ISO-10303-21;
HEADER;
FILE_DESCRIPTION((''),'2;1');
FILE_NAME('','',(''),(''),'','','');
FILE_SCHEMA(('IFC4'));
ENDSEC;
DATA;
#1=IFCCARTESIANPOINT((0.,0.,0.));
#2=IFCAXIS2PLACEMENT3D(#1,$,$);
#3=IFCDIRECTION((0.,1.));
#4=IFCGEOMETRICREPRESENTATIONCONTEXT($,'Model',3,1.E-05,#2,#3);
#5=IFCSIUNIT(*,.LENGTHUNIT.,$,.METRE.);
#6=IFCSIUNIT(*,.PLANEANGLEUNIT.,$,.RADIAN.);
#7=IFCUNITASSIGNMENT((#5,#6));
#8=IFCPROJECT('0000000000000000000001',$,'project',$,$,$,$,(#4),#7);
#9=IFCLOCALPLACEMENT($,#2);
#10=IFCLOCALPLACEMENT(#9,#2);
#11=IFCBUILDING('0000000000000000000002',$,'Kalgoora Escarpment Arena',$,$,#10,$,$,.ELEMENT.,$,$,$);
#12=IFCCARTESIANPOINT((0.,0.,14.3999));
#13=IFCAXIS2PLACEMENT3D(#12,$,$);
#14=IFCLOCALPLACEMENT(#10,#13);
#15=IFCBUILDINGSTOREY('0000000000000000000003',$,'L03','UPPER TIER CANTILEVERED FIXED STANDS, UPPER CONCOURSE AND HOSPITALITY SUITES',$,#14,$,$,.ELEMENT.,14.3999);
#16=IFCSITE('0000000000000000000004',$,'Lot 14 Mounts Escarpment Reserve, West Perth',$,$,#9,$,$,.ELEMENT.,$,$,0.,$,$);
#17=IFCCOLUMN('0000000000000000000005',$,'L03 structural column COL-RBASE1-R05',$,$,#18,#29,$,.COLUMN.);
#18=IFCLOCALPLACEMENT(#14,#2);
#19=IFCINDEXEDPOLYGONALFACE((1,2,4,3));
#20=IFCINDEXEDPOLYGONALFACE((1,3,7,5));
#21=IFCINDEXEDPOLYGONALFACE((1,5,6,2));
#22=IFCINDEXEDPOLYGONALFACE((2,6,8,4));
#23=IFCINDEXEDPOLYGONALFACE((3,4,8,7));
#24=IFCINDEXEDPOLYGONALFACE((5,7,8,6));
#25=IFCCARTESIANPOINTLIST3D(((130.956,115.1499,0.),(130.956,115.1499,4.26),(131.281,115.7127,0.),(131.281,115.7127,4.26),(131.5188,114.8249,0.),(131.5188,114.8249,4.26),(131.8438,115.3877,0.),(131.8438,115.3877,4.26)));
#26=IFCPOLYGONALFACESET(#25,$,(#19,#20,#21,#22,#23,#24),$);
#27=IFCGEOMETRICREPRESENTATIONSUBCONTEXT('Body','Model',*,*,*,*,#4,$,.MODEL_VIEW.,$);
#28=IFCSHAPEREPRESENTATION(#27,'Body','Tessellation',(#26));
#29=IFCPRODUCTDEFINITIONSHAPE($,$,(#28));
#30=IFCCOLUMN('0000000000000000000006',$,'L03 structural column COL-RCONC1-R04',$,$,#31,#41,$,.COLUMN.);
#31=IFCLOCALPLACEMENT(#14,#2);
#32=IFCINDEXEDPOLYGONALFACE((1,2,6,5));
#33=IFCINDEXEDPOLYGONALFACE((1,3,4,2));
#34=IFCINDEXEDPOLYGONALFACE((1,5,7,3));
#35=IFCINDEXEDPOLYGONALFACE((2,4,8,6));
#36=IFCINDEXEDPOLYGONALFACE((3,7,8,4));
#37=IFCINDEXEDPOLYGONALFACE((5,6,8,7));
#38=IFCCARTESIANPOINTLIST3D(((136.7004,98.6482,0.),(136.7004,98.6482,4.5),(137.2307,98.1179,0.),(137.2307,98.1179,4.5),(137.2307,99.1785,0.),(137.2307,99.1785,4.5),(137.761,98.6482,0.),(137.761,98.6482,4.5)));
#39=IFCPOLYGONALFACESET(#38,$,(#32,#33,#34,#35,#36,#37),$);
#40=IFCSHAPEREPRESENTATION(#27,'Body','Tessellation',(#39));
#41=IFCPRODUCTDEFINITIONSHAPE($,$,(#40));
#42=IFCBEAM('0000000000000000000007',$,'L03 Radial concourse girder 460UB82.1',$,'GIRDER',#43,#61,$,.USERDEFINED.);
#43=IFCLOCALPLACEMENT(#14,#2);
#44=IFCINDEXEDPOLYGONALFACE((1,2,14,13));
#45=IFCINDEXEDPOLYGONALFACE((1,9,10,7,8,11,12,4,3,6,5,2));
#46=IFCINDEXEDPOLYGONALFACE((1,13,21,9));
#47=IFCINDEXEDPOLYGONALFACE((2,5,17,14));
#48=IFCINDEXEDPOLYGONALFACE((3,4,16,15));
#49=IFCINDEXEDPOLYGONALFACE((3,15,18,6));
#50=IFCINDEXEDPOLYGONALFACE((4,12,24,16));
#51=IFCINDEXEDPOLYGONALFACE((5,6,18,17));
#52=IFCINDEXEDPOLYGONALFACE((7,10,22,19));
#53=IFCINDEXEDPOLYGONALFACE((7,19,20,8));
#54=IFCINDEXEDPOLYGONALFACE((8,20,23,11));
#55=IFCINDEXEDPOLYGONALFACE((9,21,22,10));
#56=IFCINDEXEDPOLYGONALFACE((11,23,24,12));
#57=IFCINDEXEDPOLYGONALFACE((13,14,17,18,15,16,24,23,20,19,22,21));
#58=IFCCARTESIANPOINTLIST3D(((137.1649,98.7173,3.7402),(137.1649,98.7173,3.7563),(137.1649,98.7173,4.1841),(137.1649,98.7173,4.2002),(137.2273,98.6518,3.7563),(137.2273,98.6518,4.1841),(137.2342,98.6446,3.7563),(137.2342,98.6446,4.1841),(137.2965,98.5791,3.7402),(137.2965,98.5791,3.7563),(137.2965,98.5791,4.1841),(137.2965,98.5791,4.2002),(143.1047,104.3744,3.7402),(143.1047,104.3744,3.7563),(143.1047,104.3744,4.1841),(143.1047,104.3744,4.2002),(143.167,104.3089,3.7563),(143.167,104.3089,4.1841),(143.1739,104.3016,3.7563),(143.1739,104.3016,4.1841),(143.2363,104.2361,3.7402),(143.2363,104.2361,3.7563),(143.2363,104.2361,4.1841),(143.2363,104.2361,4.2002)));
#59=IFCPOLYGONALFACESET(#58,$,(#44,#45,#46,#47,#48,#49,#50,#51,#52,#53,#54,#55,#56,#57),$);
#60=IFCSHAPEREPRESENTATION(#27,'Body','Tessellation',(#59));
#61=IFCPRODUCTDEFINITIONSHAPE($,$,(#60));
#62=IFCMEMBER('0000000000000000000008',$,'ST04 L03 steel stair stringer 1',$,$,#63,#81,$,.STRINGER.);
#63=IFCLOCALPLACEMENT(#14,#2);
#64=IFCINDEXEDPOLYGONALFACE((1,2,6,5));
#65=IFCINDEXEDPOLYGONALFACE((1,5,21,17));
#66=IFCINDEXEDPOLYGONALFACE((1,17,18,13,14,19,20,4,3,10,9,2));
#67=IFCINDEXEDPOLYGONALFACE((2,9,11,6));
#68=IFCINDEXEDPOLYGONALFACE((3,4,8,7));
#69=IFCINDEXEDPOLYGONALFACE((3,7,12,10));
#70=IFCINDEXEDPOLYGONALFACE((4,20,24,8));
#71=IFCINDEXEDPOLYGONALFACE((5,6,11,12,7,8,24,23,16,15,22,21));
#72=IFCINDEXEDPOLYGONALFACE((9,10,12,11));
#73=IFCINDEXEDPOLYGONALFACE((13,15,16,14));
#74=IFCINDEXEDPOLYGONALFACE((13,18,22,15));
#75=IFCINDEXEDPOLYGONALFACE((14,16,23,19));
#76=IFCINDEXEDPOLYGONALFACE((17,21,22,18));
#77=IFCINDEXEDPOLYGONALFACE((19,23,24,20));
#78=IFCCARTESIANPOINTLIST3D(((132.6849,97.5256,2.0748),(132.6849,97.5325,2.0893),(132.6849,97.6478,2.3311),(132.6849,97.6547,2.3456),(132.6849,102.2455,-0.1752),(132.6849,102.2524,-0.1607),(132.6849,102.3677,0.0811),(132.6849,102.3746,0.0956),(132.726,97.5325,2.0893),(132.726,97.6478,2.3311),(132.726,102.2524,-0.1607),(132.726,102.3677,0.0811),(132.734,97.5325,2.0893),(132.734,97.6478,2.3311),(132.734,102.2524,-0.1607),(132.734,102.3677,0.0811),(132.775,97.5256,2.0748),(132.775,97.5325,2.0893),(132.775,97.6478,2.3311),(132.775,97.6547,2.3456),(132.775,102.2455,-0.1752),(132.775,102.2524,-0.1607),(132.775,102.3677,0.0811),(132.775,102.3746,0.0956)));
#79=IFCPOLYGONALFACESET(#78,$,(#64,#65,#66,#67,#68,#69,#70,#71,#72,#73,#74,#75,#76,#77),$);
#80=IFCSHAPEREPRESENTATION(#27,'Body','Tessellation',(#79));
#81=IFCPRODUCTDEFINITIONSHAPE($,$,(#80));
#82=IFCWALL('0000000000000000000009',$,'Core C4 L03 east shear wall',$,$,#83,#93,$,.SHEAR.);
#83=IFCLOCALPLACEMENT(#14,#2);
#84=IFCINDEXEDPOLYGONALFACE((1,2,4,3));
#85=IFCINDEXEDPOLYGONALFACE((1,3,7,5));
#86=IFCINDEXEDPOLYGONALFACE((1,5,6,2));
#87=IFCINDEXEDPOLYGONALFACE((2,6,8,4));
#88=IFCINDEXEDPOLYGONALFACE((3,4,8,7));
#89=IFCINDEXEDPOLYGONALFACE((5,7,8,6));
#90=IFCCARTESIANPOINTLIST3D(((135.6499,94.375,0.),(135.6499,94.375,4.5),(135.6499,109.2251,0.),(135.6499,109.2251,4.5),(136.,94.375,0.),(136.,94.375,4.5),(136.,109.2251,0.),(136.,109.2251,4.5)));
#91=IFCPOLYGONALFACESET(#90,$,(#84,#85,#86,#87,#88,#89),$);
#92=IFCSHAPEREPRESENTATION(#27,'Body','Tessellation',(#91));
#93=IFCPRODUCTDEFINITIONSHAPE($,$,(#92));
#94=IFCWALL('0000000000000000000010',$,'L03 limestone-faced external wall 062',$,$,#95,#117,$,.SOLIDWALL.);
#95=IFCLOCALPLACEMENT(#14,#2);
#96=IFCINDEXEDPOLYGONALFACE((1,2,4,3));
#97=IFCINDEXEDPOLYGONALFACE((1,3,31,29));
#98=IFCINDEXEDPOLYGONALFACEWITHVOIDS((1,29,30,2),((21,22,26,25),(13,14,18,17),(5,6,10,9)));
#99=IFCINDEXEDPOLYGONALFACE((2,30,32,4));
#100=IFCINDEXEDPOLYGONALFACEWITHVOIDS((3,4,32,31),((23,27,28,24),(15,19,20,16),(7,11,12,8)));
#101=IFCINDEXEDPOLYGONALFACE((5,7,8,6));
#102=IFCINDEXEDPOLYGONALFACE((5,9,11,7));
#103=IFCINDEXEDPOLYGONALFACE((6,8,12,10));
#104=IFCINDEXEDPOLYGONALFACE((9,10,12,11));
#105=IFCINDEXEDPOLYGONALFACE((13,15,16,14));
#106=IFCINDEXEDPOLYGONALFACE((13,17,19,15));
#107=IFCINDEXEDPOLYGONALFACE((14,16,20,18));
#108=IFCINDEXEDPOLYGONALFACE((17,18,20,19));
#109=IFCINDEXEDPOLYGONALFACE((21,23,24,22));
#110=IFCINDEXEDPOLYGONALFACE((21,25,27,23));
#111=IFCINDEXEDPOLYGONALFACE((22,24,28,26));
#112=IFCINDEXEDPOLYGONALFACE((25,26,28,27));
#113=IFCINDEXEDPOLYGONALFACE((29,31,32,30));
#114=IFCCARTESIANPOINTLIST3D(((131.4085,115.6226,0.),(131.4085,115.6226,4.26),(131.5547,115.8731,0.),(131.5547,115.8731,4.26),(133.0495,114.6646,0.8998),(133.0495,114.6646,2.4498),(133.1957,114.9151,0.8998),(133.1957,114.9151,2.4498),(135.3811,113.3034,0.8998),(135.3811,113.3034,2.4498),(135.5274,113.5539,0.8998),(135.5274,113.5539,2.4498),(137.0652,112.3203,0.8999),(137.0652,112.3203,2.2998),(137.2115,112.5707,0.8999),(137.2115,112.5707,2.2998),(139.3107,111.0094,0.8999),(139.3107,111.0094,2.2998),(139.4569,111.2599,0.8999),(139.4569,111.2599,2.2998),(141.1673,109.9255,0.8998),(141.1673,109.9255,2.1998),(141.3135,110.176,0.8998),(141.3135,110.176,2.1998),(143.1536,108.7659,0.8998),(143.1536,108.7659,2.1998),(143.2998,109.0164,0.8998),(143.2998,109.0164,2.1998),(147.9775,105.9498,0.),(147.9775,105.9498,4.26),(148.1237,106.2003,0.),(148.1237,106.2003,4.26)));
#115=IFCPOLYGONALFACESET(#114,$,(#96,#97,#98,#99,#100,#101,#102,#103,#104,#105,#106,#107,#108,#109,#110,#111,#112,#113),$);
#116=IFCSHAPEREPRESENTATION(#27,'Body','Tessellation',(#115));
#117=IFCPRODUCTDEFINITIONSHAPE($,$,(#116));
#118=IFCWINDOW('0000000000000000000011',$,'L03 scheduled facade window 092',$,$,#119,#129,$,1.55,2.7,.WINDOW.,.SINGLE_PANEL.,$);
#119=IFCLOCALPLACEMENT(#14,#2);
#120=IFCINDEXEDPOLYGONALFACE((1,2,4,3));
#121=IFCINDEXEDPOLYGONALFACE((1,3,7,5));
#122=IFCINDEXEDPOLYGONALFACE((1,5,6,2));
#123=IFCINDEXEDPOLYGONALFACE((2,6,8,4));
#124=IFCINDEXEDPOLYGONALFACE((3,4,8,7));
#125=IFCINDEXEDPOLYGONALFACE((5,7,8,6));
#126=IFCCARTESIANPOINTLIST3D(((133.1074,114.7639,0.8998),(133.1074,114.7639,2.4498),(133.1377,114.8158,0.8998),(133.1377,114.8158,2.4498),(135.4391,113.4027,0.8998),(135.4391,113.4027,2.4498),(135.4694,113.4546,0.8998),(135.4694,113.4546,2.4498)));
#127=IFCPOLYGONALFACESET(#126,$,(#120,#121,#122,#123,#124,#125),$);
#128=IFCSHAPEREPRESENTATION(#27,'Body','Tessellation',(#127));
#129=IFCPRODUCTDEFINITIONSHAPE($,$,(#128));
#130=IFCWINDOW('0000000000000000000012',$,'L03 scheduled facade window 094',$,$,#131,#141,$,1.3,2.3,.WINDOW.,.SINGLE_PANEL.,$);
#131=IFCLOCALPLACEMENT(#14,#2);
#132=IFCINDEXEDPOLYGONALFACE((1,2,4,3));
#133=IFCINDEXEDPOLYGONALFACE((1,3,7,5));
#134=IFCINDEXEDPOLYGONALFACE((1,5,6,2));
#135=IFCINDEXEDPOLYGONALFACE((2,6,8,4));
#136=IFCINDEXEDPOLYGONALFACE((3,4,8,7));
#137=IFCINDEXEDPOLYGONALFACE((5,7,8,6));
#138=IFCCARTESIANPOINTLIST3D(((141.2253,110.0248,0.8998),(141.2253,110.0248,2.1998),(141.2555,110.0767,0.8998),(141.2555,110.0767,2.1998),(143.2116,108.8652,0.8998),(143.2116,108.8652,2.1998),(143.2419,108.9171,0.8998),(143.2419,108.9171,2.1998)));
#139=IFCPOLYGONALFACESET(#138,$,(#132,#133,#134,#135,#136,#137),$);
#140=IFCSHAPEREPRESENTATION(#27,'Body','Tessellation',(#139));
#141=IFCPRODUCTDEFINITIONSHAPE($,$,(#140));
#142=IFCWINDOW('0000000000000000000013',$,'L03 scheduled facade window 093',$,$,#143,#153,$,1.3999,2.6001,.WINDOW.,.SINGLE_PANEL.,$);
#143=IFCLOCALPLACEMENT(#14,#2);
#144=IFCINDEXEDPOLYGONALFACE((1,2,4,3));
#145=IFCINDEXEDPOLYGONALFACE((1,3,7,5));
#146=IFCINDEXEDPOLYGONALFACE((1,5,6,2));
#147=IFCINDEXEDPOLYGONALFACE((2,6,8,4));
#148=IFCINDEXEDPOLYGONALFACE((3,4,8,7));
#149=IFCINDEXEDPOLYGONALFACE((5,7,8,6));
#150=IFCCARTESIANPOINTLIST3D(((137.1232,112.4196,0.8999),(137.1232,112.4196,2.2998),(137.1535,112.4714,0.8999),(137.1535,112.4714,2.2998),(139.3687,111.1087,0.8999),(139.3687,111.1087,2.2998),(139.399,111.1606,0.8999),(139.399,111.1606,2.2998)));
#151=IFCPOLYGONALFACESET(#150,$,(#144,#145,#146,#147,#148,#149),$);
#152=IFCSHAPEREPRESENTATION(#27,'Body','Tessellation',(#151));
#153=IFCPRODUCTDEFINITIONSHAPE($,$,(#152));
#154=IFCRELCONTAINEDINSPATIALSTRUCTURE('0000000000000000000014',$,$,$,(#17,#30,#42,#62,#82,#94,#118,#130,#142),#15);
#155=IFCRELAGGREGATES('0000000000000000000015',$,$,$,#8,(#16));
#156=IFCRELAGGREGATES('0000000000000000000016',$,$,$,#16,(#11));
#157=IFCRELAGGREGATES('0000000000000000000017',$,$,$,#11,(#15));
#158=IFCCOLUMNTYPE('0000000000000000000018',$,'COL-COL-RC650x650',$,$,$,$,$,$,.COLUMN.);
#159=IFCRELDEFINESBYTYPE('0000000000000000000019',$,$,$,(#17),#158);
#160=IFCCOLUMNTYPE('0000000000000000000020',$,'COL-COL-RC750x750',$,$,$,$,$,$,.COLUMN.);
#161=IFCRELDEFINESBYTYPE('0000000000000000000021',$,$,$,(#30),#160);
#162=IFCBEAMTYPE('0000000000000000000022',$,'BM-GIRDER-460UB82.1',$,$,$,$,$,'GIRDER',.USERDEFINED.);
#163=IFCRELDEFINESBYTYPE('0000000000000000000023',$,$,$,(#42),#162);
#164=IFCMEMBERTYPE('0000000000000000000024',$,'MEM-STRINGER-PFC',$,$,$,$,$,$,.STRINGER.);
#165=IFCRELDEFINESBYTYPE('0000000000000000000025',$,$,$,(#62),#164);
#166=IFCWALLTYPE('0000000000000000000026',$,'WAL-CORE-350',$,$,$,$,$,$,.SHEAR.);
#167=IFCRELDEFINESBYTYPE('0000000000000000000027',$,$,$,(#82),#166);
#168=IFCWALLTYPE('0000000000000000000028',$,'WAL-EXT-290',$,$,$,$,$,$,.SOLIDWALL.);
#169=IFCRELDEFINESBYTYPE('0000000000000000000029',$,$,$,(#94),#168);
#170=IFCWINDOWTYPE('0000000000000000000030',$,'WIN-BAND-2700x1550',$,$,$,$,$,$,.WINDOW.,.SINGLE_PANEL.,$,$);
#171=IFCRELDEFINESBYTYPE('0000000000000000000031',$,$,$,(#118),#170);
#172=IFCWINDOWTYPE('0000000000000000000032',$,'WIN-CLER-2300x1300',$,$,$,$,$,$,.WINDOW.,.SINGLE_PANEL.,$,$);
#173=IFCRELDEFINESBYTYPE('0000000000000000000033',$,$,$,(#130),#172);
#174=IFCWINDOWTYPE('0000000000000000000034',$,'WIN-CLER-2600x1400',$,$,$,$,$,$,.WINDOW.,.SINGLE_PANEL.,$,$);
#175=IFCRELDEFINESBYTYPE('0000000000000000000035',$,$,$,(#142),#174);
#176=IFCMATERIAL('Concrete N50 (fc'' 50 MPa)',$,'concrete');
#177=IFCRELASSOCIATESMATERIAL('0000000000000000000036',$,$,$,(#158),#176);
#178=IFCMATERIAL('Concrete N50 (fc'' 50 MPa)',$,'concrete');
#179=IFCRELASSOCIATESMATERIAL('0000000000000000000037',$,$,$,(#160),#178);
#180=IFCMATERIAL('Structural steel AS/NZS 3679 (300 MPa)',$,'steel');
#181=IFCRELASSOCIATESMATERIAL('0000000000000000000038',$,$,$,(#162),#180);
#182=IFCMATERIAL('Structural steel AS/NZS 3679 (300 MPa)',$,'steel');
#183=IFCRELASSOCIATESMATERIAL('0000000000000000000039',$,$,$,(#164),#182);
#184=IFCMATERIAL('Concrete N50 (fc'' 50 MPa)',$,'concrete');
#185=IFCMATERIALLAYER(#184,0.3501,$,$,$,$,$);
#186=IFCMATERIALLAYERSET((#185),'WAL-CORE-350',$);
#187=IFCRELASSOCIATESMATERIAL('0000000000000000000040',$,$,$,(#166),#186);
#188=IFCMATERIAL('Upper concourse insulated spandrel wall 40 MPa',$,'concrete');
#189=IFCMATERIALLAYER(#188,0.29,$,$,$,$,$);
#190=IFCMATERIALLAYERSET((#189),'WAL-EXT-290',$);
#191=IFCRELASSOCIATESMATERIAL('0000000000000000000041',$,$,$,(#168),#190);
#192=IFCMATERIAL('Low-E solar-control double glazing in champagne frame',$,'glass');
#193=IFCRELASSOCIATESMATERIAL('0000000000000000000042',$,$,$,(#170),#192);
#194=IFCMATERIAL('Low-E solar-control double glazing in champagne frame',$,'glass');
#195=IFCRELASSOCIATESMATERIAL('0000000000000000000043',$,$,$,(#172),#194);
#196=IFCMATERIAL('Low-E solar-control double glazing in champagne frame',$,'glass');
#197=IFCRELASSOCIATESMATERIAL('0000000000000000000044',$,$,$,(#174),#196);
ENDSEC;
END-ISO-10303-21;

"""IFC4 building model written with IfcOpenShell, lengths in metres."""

from ifc_helpers import new_model, si_unit, direction, frame, frame_2d, origin, origin_2d, place, context, subcontext, project, spatial, rectangle, i_section, extrude, material, layer, layer_set, material_profile, profile_set, type_object, element, fill, save


model = new_model("IFC4")

# Units and contexts
model_context = context("Model", 3, precision=1e-05, world=origin(), true_north=direction((0.0, 1.0)))
body_context = subcontext(model_context, "Body", "Model", "MODEL_VIEW")
ifc_project = project(units=[si_unit("LENGTHUNIT", "METRE"), si_unit("PLANEANGLEUNIT", "RADIAN")], contexts=[model_context])

# Site, building, storey
site_placement = place(None, origin())
site = spatial("IfcSite", under=ifc_project, at=site_placement, Name="Lot 14 Mounts Escarpment Reserve, West Perth", CompositionType="ELEMENT", RefElevation=0.0)
building_placement = place(site_placement, origin())
building = spatial("IfcBuilding", under=site, at=building_placement, Name="Kalgoora Escarpment Arena", CompositionType="ELEMENT")
storey_placement = place(building_placement, frame((0.0, 0.0, 14.3999)))
storey = spatial("IfcBuildingStorey", under=building, at=storey_placement, Name="L03", Description="UPPER TIER CANTILEVERED FIXED STANDS, UPPER CONCOURSE AND HOSPITALITY SUITES", CompositionType="ELEMENT", Elevation=14.3999)

# Columns
ifc_material_1 = material(Name="Concrete N50 (fc' 50 MPa)", Category="concrete")
ifc_material_profile_1 = material_profile(ifc_material_1, rectangle(XDim=0.6499, YDim=0.6499, at=origin_2d()))
ifc_profile_set_1 = profile_set([ifc_material_profile_1], Name="Concrete N50 (fc' 50 MPa)")
column_type_1 = type_object("IfcColumnType", Name="COL-COL-RC650x650", PredefinedType="COLUMN", material=ifc_profile_set_1)
column_1_placement = place(storey_placement, frame((131.3999, 115.2688, 0.0), z_axis=(0.0, 0.0, 1.0), x_axis=(0.5, 0.866025, 0.0)))
element("IfcColumn", 1, at=column_1_placement, inside=storey, type_object=column_type_1, Name="L03 structural column COL-RBASE1-R05", PredefinedType="COLUMN", context=body_context, shape_type="SweptSolid", body=[
    extrude(rectangle(XDim=0.6499, YDim=0.6499, at=origin_2d()), origin(), (0.0, 0.0, 1.0), 4.26),
])
ifc_material_2 = material(Name="Concrete N50 (fc' 50 MPa)", Category="concrete")
ifc_material_profile_2 = material_profile(ifc_material_2, rectangle(XDim=0.75, YDim=0.75, at=origin_2d()))
ifc_profile_set_2 = profile_set([ifc_material_profile_2], Name="Concrete N50 (fc' 50 MPa)")
column_type_2 = type_object("IfcColumnType", Name="COL-COL-RC750x750", PredefinedType="COLUMN", material=ifc_profile_set_2)
column_2_placement = place(storey_placement, frame((137.2307, 98.6482, 0.0), z_axis=(0.0, 0.0, 1.0), x_axis=(0.707107, 0.707107, 0.0)))
element("IfcColumn", 2, at=column_2_placement, inside=storey, type_object=column_type_2, Name="L03 structural column COL-RCONC1-R04", PredefinedType="COLUMN", context=body_context, shape_type="SweptSolid", body=[
    extrude(rectangle(XDim=0.75, YDim=0.75, at=origin_2d()), origin(), (0.0, 0.0, 1.0), 4.5),
])

# Beam
ifc_material_3 = material(Name="Structural steel AS/NZS 3679 (300 MPa)", Category="steel")
ifc_material_profile_3 = material_profile(ifc_material_3, i_section(OverallWidth=0.1909, OverallDepth=0.46, WebThickness=0.01, FlangeThickness=0.0161, at=origin_2d()))
ifc_profile_set_3 = profile_set([ifc_material_profile_3], Name="Structural steel AS/NZS 3679 (300 MPa)")
beam_type = type_object("IfcBeamType", Name="BM-GIRDER-460UB82.1", ElementType="GIRDER", PredefinedType="USERDEFINED", material=ifc_profile_set_3)
beam_placement = place(storey_placement, frame((137.2307, 98.6482, 3.9702), z_axis=(0.72413, 0.689663, 0.0), x_axis=(-0.689663, 0.72413, 0.0)))
element("IfcBeam", 3, at=beam_placement, inside=storey, type_object=beam_type, Name="L03 Radial concourse girder 460UB82.1", ObjectType="GIRDER", PredefinedType="USERDEFINED", context=body_context, shape_type="SweptSolid", body=[
    extrude(i_section(OverallWidth=0.1909, OverallDepth=0.46, WebThickness=0.01, FlangeThickness=0.0161, at=origin_2d()), origin(), (0.0, 0.0, 1.0), 8.2026),
])

# Member
ifc_material_4 = material(Name="Structural steel AS/NZS 3679 (300 MPa)", Category="steel")
ifc_material_profile_4 = material_profile(ifc_material_4, i_section(OverallWidth=0.0901, OverallDepth=0.3, WebThickness=0.0081, FlangeThickness=0.0161, at=origin_2d()))
ifc_profile_set_4 = profile_set([ifc_material_profile_4], Name="Structural steel AS/NZS 3679 (300 MPa)")
member_type = type_object("IfcMemberType", Name="MEM-STRINGER-PFC", PredefinedType="STRINGER", material=ifc_profile_set_4)
member_placement = place(storey_placement, frame((132.73, 102.3101, -0.0398), z_axis=(0.0, -0.902683, 0.430307), x_axis=(1.0, 0.0, 0.0)))
element("IfcMember", 4, at=member_placement, inside=storey, type_object=member_type, Name="ST04 L03 steel stair stringer 1", PredefinedType="STRINGER", context=body_context, shape_type="SweptSolid", body=[
    extrude(i_section(OverallWidth=0.0901, OverallDepth=0.3, WebThickness=0.0081, FlangeThickness=0.0161, at=origin_2d()), origin(), (0.0, 0.0, 1.0), 5.2288),
])

# Wall
ifc_material_5 = material(Name="Concrete N50 (fc' 50 MPa)", Category="concrete")
ifc_layer_1 = layer(ifc_material_5, 0.3501)
ifc_layer_set_1 = layer_set([ifc_layer_1], Name="WAL-CORE-350")
wall_type_1 = type_object("IfcWallType", Name="WAL-CORE-350", PredefinedType="SHEAR", material=ifc_layer_set_1)
wall_1_placement = place(storey_placement, frame((135.825, 94.375, 0.0), z_axis=(0.0, 0.0, 1.0), x_axis=(0.0, 1.0, 0.0)))
element("IfcWall", 5, at=wall_1_placement, inside=storey, type_object=wall_type_1, Name="Core C4 L03 east shear wall", PredefinedType="SHEAR", context=body_context, shape_type="SweptSolid", body=[
    extrude(rectangle(XDim=14.8501, YDim=0.3501, at=frame_2d((7.425, 0.0))), origin(), (0.0, 0.0, 1.0), 4.5),
])

# Wall, openings, windows
ifc_material_6 = material(Name="Upper concourse insulated spandrel wall 40 MPa", Category="concrete")
ifc_layer_2 = layer(ifc_material_6, 0.29)
ifc_layer_set_2 = layer_set([ifc_layer_2], Name="WAL-EXT-290")
wall_type_2 = type_object("IfcWallType", Name="WAL-EXT-290", PredefinedType="SOLIDWALL", material=ifc_layer_set_2)
wall_2_placement = place(storey_placement, frame((131.4817, 115.7478, 0.0), z_axis=(0.0, 0.0, 1.0), x_axis=(0.863608, -0.504165, 0.0)))
wall_2 = element("IfcWall", 6, at=wall_2_placement, inside=storey, type_object=wall_type_2, Name="L03 limestone-faced external wall 062", PredefinedType="SOLIDWALL", context=body_context, shape_type="SweptSolid", body=[
    extrude(rectangle(XDim=19.1858, YDim=0.29, at=frame_2d((9.5928, 0.0))), origin(), (0.0, 0.0, 1.0), 4.26),
])
opening_1_placement = place(wall_2_placement, frame((1.8999, 0.0, 0.8999)))
opening_1 = element("IfcOpeningElement", 7, at=opening_1_placement, cuts=wall_2, PredefinedType="OPENING", context=body_context, shape_type="SweptSolid", body=[
    extrude(rectangle(XDim=2.7, YDim=1.55, at=frame_2d((1.3501, 0.7749))), frame((0.0, 0.155, 0.0), z_axis=(0.0, -1.0, 0.0), x_axis=(1.0, 0.0, 0.0)), (0.0, 0.0, 1.0), 0.3101),
])
opening_2_placement = place(wall_2_placement, frame((6.55, 0.0, 0.8999)))
opening_2 = element("IfcOpeningElement", 8, at=opening_2_placement, cuts=wall_2, PredefinedType="OPENING", context=body_context, shape_type="SweptSolid", body=[
    extrude(rectangle(XDim=2.6001, YDim=1.3999, at=frame_2d((1.3, 0.7))), frame((0.0, 0.155, 0.0), z_axis=(0.0, -1.0, 0.0), x_axis=(1.0, 0.0, 0.0)), (0.0, 0.0, 1.0), 0.3101),
])
opening_3_placement = place(wall_2_placement, frame((11.3, 0.0, 0.8999)))
opening_3 = element("IfcOpeningElement", 9, at=opening_3_placement, cuts=wall_2, PredefinedType="OPENING", context=body_context, shape_type="SweptSolid", body=[
    extrude(rectangle(XDim=2.3, YDim=1.3, at=frame_2d((1.1499, 0.6499))), frame((0.0, 0.155, 0.0), z_axis=(0.0, -1.0, 0.0), x_axis=(1.0, 0.0, 0.0)), (0.0, 0.0, 1.0), 0.3101),
])
ifc_material_7 = material(Name="Low-E solar-control double glazing in champagne frame", Category="glass")
window_type_1 = type_object("IfcWindowType", Name="WIN-BAND-2700x1550", PartitioningType="SINGLE_PANEL", PredefinedType="WINDOW", material=ifc_material_7)
window_1_placement = place(opening_1_placement, origin())
window_1 = element("IfcWindow", 10, at=window_1_placement, inside=storey, type_object=window_type_1, Name="L03 scheduled facade window 092", OverallHeight=1.55, OverallWidth=2.7, PartitioningType="SINGLE_PANEL", PredefinedType="WINDOW", context=body_context, shape_type="SweptSolid", body=[
    extrude(rectangle(XDim=2.7, YDim=1.55, at=frame_2d((1.3501, 0.7749))), frame((0.0, 0.03, 0.0), z_axis=(0.0, -1.0, 0.0), x_axis=(1.0, 0.0, 0.0)), (0.0, 0.0, 1.0), 0.0601),
])
fill(opening_1, window_1)
ifc_material_8 = material(Name="Low-E solar-control double glazing in champagne frame", Category="glass")
window_type_2 = type_object("IfcWindowType", Name="WIN-CLER-2300x1300", PartitioningType="SINGLE_PANEL", PredefinedType="WINDOW", material=ifc_material_8)
window_2_placement = place(opening_3_placement, origin())
window_2 = element("IfcWindow", 11, at=window_2_placement, inside=storey, type_object=window_type_2, Name="L03 scheduled facade window 094", OverallHeight=1.3, OverallWidth=2.3, PartitioningType="SINGLE_PANEL", PredefinedType="WINDOW", context=body_context, shape_type="SweptSolid", body=[
    extrude(rectangle(XDim=2.3, YDim=1.3, at=frame_2d((1.1499, 0.6499))), frame((0.0, 0.03, 0.0), z_axis=(0.0, -1.0, 0.0), x_axis=(1.0, 0.0, 0.0)), (0.0, 0.0, 1.0), 0.0601),
])
fill(opening_3, window_2)
ifc_material_9 = material(Name="Low-E solar-control double glazing in champagne frame", Category="glass")
window_type_3 = type_object("IfcWindowType", Name="WIN-CLER-2600x1400", PartitioningType="SINGLE_PANEL", PredefinedType="WINDOW", material=ifc_material_9)
window_3_placement = place(opening_2_placement, origin())
window_3 = element("IfcWindow", 12, at=window_3_placement, inside=storey, type_object=window_type_3, Name="L03 scheduled facade window 093", OverallHeight=1.3999, OverallWidth=2.6001, PartitioningType="SINGLE_PANEL", PredefinedType="WINDOW", context=body_context, shape_type="SweptSolid", body=[
    extrude(rectangle(XDim=2.6001, YDim=1.3999, at=frame_2d((1.3, 0.7))), frame((0.0, 0.03, 0.0), z_axis=(0.0, -1.0, 0.0), x_axis=(1.0, 0.0, 0.0)), (0.0, 0.0, 1.0), 0.0601),
])
fill(opening_2, window_3)

save(model, "model.ifc")
